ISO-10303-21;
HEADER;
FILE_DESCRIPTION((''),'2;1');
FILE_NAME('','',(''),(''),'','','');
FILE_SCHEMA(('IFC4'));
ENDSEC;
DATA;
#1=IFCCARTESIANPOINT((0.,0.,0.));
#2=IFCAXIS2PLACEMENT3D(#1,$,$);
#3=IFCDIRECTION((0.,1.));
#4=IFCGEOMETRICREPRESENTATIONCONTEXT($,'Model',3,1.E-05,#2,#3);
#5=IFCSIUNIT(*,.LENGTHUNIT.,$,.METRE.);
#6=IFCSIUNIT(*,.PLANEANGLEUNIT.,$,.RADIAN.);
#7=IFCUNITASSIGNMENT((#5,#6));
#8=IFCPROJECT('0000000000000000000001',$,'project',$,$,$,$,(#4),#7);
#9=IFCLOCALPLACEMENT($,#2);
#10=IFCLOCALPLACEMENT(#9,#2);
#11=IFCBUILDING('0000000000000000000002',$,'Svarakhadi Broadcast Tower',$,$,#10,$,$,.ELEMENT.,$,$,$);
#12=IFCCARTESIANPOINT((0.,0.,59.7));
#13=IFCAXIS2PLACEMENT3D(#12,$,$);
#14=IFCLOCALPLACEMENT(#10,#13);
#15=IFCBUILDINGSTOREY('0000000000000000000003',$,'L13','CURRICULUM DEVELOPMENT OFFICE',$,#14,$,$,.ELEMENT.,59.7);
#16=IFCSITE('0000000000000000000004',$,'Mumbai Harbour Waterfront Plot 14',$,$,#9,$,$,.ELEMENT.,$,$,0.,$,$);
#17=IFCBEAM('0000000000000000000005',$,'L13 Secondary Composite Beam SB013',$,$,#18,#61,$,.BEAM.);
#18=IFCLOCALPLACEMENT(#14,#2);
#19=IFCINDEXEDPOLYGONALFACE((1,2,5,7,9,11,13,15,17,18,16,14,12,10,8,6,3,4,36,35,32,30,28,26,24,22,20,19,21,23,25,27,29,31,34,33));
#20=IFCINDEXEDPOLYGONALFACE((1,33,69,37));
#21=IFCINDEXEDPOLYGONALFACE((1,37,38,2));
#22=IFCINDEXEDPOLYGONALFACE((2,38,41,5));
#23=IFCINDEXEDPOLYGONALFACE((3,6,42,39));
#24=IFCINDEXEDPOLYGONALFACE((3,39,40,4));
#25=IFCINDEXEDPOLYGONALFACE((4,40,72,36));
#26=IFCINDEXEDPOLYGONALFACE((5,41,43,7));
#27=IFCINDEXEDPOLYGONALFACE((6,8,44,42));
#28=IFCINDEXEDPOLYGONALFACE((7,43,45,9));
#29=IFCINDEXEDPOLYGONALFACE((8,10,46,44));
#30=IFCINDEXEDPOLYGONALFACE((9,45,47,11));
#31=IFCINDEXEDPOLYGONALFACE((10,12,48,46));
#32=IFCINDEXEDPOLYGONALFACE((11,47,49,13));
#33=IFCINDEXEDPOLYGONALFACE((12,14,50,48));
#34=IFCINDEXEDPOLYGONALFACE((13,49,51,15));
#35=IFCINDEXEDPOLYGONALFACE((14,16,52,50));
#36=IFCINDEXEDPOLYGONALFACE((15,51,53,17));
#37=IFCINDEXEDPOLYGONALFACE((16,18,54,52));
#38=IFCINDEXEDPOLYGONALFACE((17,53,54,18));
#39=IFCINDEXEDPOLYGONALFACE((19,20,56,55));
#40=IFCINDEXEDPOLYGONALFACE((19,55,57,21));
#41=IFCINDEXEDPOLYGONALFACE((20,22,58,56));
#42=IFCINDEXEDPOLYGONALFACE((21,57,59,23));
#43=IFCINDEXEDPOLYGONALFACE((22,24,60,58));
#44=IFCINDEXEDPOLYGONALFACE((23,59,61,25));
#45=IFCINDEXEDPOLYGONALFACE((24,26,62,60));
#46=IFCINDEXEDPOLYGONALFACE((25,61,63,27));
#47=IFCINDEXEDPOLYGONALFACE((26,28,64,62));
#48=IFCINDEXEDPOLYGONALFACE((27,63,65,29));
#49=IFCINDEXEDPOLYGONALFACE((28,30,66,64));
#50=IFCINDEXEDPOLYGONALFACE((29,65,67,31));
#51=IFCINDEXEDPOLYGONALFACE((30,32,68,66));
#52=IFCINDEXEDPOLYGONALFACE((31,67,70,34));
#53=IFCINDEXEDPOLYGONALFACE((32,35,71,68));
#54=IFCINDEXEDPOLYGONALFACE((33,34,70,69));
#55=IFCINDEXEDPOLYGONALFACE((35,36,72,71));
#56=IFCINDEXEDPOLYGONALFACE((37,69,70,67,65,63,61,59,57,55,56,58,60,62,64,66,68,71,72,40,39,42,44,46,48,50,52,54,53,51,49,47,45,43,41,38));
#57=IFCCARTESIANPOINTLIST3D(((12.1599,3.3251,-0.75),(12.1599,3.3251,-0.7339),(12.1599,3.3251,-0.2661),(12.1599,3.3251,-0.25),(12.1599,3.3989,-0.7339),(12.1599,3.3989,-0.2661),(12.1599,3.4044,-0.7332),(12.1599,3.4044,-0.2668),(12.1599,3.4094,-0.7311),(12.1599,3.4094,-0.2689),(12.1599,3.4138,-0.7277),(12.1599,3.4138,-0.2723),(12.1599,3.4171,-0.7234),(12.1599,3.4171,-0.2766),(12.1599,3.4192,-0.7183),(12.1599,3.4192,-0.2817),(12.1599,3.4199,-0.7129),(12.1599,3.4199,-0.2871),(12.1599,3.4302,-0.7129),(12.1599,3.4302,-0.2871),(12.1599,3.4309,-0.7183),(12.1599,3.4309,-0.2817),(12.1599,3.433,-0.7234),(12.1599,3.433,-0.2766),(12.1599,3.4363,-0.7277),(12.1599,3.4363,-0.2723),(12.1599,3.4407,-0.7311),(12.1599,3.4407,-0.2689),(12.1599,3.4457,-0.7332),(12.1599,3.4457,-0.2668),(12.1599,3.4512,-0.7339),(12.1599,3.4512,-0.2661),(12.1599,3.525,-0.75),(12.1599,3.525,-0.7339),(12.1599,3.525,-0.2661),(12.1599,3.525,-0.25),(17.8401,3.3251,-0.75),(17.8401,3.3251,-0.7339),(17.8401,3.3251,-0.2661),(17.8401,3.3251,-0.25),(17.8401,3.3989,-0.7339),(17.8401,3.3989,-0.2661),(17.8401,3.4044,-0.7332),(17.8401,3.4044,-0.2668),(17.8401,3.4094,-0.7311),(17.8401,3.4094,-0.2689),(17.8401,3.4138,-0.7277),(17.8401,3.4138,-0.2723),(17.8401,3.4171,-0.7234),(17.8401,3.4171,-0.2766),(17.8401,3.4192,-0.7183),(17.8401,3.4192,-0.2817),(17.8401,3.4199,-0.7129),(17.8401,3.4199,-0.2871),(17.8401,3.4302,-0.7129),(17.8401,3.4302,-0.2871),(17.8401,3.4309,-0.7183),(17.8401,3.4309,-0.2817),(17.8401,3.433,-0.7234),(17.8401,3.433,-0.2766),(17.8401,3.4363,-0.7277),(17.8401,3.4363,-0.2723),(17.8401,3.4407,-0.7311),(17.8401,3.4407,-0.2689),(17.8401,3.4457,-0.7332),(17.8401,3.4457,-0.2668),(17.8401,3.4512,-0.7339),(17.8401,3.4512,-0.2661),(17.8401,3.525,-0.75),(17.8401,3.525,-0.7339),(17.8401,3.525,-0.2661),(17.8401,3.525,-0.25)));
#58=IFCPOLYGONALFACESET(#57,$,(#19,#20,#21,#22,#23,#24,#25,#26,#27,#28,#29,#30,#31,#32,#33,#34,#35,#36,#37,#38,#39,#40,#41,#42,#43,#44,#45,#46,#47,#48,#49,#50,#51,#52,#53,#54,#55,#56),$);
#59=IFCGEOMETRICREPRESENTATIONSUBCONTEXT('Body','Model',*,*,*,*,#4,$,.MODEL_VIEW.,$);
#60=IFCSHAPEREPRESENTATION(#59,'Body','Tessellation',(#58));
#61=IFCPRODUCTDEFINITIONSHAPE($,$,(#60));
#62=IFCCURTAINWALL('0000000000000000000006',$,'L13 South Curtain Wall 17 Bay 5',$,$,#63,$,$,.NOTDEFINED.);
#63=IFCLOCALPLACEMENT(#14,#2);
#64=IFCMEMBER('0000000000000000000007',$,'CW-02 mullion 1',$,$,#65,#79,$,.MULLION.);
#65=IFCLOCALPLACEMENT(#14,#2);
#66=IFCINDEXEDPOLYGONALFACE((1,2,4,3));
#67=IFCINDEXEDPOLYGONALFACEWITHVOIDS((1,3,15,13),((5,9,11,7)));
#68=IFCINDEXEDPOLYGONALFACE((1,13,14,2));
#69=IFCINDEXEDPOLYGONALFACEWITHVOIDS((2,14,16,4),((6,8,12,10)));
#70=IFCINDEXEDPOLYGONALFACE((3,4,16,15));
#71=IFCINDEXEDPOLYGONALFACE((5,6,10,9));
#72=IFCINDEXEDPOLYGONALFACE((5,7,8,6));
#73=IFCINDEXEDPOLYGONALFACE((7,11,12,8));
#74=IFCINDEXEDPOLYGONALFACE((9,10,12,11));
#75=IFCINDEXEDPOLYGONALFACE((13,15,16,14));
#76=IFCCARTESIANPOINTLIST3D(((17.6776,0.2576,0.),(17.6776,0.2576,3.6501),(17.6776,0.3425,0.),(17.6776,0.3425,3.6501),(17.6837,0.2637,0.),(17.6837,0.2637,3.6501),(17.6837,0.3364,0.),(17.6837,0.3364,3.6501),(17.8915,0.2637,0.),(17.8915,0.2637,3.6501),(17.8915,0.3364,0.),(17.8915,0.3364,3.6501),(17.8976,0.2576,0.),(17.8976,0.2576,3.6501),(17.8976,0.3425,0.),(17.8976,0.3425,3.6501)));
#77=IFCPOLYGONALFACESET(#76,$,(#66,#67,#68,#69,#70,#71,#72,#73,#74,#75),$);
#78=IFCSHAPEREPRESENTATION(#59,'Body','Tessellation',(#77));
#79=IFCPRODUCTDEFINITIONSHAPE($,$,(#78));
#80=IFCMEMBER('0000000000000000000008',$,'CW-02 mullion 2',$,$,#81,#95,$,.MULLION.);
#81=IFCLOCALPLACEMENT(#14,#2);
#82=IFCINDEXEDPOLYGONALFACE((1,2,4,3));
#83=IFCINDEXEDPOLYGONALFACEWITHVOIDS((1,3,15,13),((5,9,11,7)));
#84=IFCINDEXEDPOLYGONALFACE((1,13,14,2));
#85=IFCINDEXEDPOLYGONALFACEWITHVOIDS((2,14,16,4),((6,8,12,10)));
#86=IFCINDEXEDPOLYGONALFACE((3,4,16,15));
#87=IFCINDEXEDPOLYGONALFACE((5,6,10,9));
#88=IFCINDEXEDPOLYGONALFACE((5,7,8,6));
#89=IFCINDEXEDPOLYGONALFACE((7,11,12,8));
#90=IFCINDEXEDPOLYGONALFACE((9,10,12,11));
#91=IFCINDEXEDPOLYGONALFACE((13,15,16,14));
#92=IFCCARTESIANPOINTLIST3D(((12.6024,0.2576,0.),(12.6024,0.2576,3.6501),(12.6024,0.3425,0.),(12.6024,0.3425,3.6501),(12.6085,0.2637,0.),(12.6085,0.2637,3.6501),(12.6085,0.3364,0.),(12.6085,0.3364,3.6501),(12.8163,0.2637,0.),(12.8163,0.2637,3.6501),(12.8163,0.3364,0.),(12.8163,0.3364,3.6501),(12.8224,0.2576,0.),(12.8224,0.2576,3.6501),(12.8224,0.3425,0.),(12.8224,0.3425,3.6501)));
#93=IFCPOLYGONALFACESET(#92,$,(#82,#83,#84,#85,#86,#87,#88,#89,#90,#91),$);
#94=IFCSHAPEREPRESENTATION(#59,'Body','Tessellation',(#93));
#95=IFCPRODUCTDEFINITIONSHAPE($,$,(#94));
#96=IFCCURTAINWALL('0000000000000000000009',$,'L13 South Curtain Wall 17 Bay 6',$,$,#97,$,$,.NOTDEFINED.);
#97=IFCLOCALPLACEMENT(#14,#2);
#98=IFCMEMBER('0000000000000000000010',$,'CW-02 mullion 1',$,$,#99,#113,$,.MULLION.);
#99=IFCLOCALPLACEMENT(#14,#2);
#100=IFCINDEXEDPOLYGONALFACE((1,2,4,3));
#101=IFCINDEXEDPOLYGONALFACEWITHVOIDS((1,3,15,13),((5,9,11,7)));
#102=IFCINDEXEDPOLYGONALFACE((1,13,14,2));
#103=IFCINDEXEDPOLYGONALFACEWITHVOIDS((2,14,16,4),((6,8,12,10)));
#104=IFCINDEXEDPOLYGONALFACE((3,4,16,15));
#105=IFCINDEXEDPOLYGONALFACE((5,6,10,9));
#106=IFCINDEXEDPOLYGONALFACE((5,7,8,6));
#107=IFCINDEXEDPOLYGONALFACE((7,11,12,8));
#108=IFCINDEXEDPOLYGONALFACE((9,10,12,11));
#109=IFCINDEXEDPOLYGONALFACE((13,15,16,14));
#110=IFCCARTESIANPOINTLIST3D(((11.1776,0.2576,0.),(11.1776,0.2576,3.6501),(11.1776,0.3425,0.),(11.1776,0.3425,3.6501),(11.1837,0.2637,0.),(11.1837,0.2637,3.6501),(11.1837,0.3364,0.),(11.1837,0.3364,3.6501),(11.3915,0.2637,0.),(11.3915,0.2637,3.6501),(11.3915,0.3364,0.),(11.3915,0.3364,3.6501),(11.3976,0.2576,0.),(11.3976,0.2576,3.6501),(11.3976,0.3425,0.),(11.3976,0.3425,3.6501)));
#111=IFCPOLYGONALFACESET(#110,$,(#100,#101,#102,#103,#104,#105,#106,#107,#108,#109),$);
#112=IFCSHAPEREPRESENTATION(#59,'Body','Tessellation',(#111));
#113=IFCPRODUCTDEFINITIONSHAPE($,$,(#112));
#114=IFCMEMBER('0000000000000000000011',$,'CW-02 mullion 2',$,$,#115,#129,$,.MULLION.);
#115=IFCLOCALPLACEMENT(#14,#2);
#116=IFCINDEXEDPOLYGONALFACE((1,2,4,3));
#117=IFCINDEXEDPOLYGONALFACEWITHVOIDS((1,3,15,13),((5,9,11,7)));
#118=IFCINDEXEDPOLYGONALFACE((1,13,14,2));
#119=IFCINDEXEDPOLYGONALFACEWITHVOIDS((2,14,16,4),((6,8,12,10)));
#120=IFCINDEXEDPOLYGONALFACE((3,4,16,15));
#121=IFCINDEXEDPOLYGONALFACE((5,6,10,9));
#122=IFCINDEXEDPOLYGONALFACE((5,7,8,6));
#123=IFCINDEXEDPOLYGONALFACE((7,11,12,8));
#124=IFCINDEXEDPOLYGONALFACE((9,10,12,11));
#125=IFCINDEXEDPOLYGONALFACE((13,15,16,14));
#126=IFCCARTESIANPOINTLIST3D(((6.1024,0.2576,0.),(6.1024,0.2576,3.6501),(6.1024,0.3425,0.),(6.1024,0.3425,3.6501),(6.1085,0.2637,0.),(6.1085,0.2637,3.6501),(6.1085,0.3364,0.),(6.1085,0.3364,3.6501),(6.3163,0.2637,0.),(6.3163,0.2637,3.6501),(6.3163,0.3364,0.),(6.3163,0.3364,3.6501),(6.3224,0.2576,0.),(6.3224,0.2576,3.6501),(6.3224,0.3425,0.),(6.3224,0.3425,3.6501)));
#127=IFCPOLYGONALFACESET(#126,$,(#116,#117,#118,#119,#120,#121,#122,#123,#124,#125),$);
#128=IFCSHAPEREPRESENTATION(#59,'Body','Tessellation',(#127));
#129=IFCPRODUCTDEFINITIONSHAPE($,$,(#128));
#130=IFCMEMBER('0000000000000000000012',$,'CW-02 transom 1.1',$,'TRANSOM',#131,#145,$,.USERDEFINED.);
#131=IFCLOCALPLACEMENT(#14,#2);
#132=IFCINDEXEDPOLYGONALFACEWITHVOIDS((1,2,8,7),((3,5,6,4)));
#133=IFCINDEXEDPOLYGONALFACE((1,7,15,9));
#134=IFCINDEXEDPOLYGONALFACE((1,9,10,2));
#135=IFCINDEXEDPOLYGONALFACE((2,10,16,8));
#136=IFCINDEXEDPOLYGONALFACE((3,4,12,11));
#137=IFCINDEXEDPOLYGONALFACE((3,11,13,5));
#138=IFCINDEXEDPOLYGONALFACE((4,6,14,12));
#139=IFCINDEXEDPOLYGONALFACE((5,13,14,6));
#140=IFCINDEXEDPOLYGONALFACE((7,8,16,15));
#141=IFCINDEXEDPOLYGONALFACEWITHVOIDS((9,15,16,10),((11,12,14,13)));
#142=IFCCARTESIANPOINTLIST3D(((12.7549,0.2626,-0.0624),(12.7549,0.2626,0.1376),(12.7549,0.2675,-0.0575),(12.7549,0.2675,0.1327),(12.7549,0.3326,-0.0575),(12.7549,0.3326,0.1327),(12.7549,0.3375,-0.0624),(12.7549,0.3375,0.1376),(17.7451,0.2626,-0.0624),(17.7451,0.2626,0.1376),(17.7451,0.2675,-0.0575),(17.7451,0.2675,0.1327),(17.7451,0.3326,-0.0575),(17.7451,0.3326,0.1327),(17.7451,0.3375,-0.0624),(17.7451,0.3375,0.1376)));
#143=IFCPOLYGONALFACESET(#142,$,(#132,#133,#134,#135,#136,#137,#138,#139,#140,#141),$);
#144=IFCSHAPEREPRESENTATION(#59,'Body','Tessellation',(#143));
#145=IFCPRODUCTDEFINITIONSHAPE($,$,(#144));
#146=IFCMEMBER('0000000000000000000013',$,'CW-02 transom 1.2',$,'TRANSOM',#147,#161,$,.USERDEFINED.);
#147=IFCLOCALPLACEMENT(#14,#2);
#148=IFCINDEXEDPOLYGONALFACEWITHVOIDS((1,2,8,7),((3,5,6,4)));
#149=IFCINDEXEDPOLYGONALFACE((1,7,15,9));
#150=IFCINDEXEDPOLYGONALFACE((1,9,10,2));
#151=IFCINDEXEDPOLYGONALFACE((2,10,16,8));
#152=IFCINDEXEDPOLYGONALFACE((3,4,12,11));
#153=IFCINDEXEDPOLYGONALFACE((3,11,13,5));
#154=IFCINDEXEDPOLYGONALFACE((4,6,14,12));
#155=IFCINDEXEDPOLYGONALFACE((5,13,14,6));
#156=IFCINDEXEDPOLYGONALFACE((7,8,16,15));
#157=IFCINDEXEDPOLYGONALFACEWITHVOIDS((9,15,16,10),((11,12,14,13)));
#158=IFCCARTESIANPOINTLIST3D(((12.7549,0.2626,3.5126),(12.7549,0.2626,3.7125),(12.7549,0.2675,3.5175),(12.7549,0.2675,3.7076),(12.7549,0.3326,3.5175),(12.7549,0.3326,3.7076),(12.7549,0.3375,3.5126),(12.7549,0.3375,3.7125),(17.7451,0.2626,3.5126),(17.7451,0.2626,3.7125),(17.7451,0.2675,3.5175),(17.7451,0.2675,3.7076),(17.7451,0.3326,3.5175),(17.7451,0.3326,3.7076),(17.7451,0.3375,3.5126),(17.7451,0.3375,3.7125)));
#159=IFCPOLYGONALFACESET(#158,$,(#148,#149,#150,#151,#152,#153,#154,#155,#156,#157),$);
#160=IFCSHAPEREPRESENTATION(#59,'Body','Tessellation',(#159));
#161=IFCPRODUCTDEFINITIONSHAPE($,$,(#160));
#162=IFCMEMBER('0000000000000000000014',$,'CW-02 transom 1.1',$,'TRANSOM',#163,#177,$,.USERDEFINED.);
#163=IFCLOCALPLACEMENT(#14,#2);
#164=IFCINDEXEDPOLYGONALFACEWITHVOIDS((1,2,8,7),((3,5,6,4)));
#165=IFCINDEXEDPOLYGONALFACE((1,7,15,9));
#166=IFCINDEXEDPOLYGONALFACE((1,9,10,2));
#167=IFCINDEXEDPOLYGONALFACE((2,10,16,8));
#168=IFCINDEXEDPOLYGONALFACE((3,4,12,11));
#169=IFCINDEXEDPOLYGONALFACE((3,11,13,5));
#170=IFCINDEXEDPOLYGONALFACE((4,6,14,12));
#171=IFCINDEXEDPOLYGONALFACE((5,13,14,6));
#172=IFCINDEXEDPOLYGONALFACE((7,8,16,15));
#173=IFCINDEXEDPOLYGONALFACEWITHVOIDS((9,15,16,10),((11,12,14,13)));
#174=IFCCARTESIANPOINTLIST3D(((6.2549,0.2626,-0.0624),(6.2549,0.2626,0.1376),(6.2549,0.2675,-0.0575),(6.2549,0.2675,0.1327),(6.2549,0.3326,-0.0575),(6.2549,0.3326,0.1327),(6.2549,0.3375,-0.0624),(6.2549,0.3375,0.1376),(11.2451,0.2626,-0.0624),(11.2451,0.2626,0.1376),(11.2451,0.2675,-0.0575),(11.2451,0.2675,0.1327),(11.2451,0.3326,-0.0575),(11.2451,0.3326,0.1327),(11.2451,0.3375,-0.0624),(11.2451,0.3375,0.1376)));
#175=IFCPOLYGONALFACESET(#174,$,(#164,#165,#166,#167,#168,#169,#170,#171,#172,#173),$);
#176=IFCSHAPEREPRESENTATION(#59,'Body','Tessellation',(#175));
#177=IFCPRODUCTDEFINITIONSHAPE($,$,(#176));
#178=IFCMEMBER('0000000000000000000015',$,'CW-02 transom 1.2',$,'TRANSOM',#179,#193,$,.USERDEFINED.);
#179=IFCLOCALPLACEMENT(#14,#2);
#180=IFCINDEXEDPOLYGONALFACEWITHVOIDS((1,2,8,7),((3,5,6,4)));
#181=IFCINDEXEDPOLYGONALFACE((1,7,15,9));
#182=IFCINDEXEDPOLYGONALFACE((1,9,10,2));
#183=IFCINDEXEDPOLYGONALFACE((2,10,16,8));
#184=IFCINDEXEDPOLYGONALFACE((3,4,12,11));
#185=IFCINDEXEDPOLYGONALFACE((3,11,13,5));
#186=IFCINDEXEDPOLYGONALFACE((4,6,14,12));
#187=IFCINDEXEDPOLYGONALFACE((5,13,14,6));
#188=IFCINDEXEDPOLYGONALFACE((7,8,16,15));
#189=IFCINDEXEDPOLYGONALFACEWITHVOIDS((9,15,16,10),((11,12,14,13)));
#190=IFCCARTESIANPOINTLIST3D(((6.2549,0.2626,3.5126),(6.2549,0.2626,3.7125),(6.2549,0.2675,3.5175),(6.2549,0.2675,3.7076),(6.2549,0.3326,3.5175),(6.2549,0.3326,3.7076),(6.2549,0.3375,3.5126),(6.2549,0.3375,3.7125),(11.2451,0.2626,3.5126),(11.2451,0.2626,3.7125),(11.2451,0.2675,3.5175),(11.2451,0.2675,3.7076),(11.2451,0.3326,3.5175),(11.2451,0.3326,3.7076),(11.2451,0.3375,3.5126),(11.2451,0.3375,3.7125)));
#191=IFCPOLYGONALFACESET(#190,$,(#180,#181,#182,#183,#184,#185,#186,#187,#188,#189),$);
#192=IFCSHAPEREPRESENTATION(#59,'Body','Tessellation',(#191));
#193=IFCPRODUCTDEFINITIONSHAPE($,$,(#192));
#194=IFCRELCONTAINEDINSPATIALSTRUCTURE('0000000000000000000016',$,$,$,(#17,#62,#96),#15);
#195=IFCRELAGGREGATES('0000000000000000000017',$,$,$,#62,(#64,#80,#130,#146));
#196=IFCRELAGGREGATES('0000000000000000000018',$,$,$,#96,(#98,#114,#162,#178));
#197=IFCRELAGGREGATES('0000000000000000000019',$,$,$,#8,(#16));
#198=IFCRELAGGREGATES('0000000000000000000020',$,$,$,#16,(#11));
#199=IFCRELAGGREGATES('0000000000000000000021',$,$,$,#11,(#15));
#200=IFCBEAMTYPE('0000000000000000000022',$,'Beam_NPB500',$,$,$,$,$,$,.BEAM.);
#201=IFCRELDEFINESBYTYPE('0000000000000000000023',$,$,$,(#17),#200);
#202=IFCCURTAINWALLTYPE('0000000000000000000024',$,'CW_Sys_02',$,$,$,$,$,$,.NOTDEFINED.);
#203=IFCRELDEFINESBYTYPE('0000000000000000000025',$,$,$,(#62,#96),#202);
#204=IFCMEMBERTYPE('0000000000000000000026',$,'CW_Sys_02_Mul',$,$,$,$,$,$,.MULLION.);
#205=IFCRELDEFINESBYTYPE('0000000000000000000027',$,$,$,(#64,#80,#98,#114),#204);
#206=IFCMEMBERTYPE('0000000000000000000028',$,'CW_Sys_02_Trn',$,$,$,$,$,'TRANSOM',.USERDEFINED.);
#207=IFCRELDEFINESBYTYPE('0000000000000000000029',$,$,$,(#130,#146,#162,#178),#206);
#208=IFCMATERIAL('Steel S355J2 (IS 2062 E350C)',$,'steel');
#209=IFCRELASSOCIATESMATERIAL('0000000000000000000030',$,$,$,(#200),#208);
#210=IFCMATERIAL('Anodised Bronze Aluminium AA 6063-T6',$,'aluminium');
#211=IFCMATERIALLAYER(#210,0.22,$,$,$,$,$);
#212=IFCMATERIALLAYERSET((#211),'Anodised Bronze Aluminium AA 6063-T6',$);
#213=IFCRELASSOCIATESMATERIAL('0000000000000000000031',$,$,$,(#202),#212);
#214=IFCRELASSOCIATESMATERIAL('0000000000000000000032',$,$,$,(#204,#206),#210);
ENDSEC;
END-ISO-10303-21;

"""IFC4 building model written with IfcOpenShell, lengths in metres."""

from ifc_helpers import new_model, si_unit, direction, frame, origin, origin_2d, place, context, subcontext, project, spatial, hollow_rectangle, i_section, extrude, material, layer, layer_set, material_profile, profile_set, type_object, element, aggregate, save


model = new_model("IFC4")

# Units and contexts
model_context = context("Model", 3, precision=1e-05, world=origin(), true_north=direction((0.0, 1.0)))
body_context = subcontext(model_context, "Body", "Model", "MODEL_VIEW")
ifc_project = project(units=[si_unit("LENGTHUNIT", "METRE"), si_unit("PLANEANGLEUNIT", "RADIAN")], contexts=[model_context])

# Site, building, storey
site_placement = place(None, origin())
site = spatial("IfcSite", under=ifc_project, at=site_placement, Name="Mumbai Harbour Waterfront Plot 14", CompositionType="ELEMENT", RefElevation=0.0)
building_placement = place(site_placement, origin())
building = spatial("IfcBuilding", under=site, at=building_placement, Name="Svarakhadi Broadcast Tower", CompositionType="ELEMENT")
storey_placement = place(building_placement, frame((0.0, 0.0, 59.7)))
storey = spatial("IfcBuildingStorey", under=building, at=storey_placement, Name="L13", Description="CURRICULUM DEVELOPMENT OFFICE", CompositionType="ELEMENT", Elevation=59.7)

# Beam
ifc_material_1 = material(Name="Steel S355J2 (IS 2062 E350C)", Category="steel")
ifc_material_profile_1 = material_profile(ifc_material_1, i_section(OverallWidth=0.2, OverallDepth=0.5, WebThickness=0.0103, FlangeThickness=0.0161, FilletRadius=0.021, at=origin_2d()), Name="NPB 500x200x91")
ifc_profile_set_1 = profile_set([ifc_material_profile_1], Name="Steel S355J2 (IS 2062 E350C)")
beam_type_1 = type_object("IfcBeamType", Name="Beam_NPB500", PredefinedType="BEAM", material=ifc_profile_set_1)
for number, where, z_axis, x_axis, name in (
    (1, (12.1599, 3.425, -0.5), (1.0, 0.0, 0.0), (0.0, 1.0, 0.0), "L13 Secondary Composite Beam SB013"),
):
    element("IfcBeam", number, at=place(storey_placement, frame(where, z_axis=z_axis, x_axis=x_axis)), inside=storey, type_object=beam_type_1, Name=name, PredefinedType="BEAM", context=body_context, shape_type="SweptSolid", body=[
        extrude(i_section(OverallWidth=0.2, OverallDepth=0.5, WebThickness=0.0103, FlangeThickness=0.0161, FilletRadius=0.021, at=origin_2d()), origin(), (0.0, 0.0, 1.0), 5.6802),
    ])

# Curtain walls, members
ifc_material_2 = material(Name="Anodised Bronze Aluminium AA 6063-T6", Category="aluminium")
ifc_layer_1 = layer(ifc_material_2, 0.22)
ifc_layer_set_1 = layer_set([ifc_layer_1], Name="Anodised Bronze Aluminium AA 6063-T6")
curtain_wall_type = type_object("IfcCurtainWallType", Name="CW_Sys_02", PredefinedType="NOTDEFINED", material=ifc_layer_set_1)
curtain_wall_1_placement = place(storey_placement, origin())
curtain_wall_1 = element("IfcCurtainWall", 2, at=curtain_wall_1_placement, inside=storey, type_object=curtain_wall_type, Name="L13 South Curtain Wall 17 Bay 5", PredefinedType="NOTDEFINED")
ifc_material_profile_2 = material_profile(ifc_material_2, hollow_rectangle(XDim=0.085, YDim=0.22, WallThickness=0.0061, at=origin_2d()), Name="ALU MULLION 220x85x6")
ifc_profile_set_2 = profile_set([ifc_material_profile_2], Name="Anodised Bronze Aluminium AA 6063-T6")
member_type_1 = type_object("IfcMemberType", Name="CW_Sys_02_Mul", PredefinedType="MULLION", material=ifc_profile_set_2)
member_1_placement = place(storey_placement, frame((17.7876, 0.3, 0.0), z_axis=(0.0, 0.0, 1.0), x_axis=(0.0, -1.0, 0.0)))
member_1 = element("IfcMember", 3, at=member_1_placement, type_object=member_type_1, Name="CW-02 mullion 1", PredefinedType="MULLION", context=body_context, shape_type="SweptSolid", body=[
    extrude(hollow_rectangle(XDim=0.085, YDim=0.22, WallThickness=0.0061, at=origin_2d()), origin(), (0.0, 0.0, 1.0), 3.6501),
])
member_2_placement = place(storey_placement, frame((12.7124, 0.3, 0.0), z_axis=(0.0, 0.0, 1.0), x_axis=(0.0, -1.0, 0.0)))
member_2 = element("IfcMember", 4, at=member_2_placement, type_object=member_type_1, Name="CW-02 mullion 2", PredefinedType="MULLION", context=body_context, shape_type="SweptSolid", body=[
    extrude(hollow_rectangle(XDim=0.085, YDim=0.22, WallThickness=0.0061, at=origin_2d()), origin(), (0.0, 0.0, 1.0), 3.6501),
])
curtain_wall_2_placement = place(storey_placement, origin())
curtain_wall_2 = element("IfcCurtainWall", 5, at=curtain_wall_2_placement, inside=storey, type_object=curtain_wall_type, Name="L13 South Curtain Wall 17 Bay 6", PredefinedType="NOTDEFINED")
member_3_placement = place(storey_placement, frame((11.2876, 0.3, 0.0), z_axis=(0.0, 0.0, 1.0), x_axis=(0.0, -1.0, 0.0)))
member_3 = element("IfcMember", 6, at=member_3_placement, type_object=member_type_1, Name="CW-02 mullion 1", PredefinedType="MULLION", context=body_context, shape_type="SweptSolid", body=[
    extrude(hollow_rectangle(XDim=0.085, YDim=0.22, WallThickness=0.0061, at=origin_2d()), origin(), (0.0, 0.0, 1.0), 3.6501),
])
member_4_placement = place(storey_placement, frame((6.2124, 0.3, 0.0), z_axis=(0.0, 0.0, 1.0), x_axis=(0.0, -1.0, 0.0)))
member_4 = element("IfcMember", 7, at=member_4_placement, type_object=member_type_1, Name="CW-02 mullion 2", PredefinedType="MULLION", context=body_context, shape_type="SweptSolid", body=[
    extrude(hollow_rectangle(XDim=0.085, YDim=0.22, WallThickness=0.0061, at=origin_2d()), origin(), (0.0, 0.0, 1.0), 3.6501),
])

# Members
ifc_material_profile_3 = material_profile(ifc_material_2, hollow_rectangle(XDim=0.075, YDim=0.2, WallThickness=0.0049, at=origin_2d()), Name="ALU TRANSOM 200x75x5")
ifc_profile_set_3 = profile_set([ifc_material_profile_3], Name="Anodised Bronze Aluminium AA 6063-T6")
member_type_2 = type_object("IfcMemberType", Name="CW_Sys_02_Trn", ElementType="TRANSOM", PredefinedType="USERDEFINED", material=ifc_profile_set_3)
member_5_placement = place(storey_placement, frame((17.7451, 0.3, 0.0376), z_axis=(-1.0, 0.0, 0.0), x_axis=(0.0, -1.0, 0.0)))
member_5 = element("IfcMember", 8, at=member_5_placement, type_object=member_type_2, Name="CW-02 transom 1.1", ObjectType="TRANSOM", PredefinedType="USERDEFINED", context=body_context, shape_type="SweptSolid", body=[
    extrude(hollow_rectangle(XDim=0.075, YDim=0.2, WallThickness=0.0049, at=origin_2d()), origin(), (0.0, 0.0, 1.0), 4.9902),
])
member_6_placement = place(storey_placement, frame((17.7451, 0.3, 3.6125), z_axis=(-1.0, 0.0, 0.0), x_axis=(0.0, -1.0, 0.0)))
member_6 = element("IfcMember", 9, at=member_6_placement, type_object=member_type_2, Name="CW-02 transom 1.2", ObjectType="TRANSOM", PredefinedType="USERDEFINED", context=body_context, shape_type="SweptSolid", body=[
    extrude(hollow_rectangle(XDim=0.075, YDim=0.2, WallThickness=0.0049, at=origin_2d()), origin(), (0.0, 0.0, 1.0), 4.9902),
])
member_7_placement = place(storey_placement, frame((11.2451, 0.3, 0.0376), z_axis=(-1.0, 0.0, 0.0), x_axis=(0.0, -1.0, 0.0)))
member_7 = element("IfcMember", 10, at=member_7_placement, type_object=member_type_2, Name="CW-02 transom 1.1", ObjectType="TRANSOM", PredefinedType="USERDEFINED", context=body_context, shape_type="SweptSolid", body=[
    extrude(hollow_rectangle(XDim=0.075, YDim=0.2, WallThickness=0.0049, at=origin_2d()), origin(), (0.0, 0.0, 1.0), 4.9902),
])
member_8_placement = place(storey_placement, frame((11.2451, 0.3, 3.6125), z_axis=(-1.0, 0.0, 0.0), x_axis=(0.0, -1.0, 0.0)))
member_8 = element("IfcMember", 11, at=member_8_placement, type_object=member_type_2, Name="CW-02 transom 1.2", ObjectType="TRANSOM", PredefinedType="USERDEFINED", context=body_context, shape_type="SweptSolid", body=[
    extrude(hollow_rectangle(XDim=0.075, YDim=0.2, WallThickness=0.0049, at=origin_2d()), origin(), (0.0, 0.0, 1.0), 4.9902),
])

aggregate(curtain_wall_1, [member_1, member_2, member_5, member_6])
aggregate(curtain_wall_2, [member_3, member_4, member_7, member_8])

save(model, "model.ifc")
